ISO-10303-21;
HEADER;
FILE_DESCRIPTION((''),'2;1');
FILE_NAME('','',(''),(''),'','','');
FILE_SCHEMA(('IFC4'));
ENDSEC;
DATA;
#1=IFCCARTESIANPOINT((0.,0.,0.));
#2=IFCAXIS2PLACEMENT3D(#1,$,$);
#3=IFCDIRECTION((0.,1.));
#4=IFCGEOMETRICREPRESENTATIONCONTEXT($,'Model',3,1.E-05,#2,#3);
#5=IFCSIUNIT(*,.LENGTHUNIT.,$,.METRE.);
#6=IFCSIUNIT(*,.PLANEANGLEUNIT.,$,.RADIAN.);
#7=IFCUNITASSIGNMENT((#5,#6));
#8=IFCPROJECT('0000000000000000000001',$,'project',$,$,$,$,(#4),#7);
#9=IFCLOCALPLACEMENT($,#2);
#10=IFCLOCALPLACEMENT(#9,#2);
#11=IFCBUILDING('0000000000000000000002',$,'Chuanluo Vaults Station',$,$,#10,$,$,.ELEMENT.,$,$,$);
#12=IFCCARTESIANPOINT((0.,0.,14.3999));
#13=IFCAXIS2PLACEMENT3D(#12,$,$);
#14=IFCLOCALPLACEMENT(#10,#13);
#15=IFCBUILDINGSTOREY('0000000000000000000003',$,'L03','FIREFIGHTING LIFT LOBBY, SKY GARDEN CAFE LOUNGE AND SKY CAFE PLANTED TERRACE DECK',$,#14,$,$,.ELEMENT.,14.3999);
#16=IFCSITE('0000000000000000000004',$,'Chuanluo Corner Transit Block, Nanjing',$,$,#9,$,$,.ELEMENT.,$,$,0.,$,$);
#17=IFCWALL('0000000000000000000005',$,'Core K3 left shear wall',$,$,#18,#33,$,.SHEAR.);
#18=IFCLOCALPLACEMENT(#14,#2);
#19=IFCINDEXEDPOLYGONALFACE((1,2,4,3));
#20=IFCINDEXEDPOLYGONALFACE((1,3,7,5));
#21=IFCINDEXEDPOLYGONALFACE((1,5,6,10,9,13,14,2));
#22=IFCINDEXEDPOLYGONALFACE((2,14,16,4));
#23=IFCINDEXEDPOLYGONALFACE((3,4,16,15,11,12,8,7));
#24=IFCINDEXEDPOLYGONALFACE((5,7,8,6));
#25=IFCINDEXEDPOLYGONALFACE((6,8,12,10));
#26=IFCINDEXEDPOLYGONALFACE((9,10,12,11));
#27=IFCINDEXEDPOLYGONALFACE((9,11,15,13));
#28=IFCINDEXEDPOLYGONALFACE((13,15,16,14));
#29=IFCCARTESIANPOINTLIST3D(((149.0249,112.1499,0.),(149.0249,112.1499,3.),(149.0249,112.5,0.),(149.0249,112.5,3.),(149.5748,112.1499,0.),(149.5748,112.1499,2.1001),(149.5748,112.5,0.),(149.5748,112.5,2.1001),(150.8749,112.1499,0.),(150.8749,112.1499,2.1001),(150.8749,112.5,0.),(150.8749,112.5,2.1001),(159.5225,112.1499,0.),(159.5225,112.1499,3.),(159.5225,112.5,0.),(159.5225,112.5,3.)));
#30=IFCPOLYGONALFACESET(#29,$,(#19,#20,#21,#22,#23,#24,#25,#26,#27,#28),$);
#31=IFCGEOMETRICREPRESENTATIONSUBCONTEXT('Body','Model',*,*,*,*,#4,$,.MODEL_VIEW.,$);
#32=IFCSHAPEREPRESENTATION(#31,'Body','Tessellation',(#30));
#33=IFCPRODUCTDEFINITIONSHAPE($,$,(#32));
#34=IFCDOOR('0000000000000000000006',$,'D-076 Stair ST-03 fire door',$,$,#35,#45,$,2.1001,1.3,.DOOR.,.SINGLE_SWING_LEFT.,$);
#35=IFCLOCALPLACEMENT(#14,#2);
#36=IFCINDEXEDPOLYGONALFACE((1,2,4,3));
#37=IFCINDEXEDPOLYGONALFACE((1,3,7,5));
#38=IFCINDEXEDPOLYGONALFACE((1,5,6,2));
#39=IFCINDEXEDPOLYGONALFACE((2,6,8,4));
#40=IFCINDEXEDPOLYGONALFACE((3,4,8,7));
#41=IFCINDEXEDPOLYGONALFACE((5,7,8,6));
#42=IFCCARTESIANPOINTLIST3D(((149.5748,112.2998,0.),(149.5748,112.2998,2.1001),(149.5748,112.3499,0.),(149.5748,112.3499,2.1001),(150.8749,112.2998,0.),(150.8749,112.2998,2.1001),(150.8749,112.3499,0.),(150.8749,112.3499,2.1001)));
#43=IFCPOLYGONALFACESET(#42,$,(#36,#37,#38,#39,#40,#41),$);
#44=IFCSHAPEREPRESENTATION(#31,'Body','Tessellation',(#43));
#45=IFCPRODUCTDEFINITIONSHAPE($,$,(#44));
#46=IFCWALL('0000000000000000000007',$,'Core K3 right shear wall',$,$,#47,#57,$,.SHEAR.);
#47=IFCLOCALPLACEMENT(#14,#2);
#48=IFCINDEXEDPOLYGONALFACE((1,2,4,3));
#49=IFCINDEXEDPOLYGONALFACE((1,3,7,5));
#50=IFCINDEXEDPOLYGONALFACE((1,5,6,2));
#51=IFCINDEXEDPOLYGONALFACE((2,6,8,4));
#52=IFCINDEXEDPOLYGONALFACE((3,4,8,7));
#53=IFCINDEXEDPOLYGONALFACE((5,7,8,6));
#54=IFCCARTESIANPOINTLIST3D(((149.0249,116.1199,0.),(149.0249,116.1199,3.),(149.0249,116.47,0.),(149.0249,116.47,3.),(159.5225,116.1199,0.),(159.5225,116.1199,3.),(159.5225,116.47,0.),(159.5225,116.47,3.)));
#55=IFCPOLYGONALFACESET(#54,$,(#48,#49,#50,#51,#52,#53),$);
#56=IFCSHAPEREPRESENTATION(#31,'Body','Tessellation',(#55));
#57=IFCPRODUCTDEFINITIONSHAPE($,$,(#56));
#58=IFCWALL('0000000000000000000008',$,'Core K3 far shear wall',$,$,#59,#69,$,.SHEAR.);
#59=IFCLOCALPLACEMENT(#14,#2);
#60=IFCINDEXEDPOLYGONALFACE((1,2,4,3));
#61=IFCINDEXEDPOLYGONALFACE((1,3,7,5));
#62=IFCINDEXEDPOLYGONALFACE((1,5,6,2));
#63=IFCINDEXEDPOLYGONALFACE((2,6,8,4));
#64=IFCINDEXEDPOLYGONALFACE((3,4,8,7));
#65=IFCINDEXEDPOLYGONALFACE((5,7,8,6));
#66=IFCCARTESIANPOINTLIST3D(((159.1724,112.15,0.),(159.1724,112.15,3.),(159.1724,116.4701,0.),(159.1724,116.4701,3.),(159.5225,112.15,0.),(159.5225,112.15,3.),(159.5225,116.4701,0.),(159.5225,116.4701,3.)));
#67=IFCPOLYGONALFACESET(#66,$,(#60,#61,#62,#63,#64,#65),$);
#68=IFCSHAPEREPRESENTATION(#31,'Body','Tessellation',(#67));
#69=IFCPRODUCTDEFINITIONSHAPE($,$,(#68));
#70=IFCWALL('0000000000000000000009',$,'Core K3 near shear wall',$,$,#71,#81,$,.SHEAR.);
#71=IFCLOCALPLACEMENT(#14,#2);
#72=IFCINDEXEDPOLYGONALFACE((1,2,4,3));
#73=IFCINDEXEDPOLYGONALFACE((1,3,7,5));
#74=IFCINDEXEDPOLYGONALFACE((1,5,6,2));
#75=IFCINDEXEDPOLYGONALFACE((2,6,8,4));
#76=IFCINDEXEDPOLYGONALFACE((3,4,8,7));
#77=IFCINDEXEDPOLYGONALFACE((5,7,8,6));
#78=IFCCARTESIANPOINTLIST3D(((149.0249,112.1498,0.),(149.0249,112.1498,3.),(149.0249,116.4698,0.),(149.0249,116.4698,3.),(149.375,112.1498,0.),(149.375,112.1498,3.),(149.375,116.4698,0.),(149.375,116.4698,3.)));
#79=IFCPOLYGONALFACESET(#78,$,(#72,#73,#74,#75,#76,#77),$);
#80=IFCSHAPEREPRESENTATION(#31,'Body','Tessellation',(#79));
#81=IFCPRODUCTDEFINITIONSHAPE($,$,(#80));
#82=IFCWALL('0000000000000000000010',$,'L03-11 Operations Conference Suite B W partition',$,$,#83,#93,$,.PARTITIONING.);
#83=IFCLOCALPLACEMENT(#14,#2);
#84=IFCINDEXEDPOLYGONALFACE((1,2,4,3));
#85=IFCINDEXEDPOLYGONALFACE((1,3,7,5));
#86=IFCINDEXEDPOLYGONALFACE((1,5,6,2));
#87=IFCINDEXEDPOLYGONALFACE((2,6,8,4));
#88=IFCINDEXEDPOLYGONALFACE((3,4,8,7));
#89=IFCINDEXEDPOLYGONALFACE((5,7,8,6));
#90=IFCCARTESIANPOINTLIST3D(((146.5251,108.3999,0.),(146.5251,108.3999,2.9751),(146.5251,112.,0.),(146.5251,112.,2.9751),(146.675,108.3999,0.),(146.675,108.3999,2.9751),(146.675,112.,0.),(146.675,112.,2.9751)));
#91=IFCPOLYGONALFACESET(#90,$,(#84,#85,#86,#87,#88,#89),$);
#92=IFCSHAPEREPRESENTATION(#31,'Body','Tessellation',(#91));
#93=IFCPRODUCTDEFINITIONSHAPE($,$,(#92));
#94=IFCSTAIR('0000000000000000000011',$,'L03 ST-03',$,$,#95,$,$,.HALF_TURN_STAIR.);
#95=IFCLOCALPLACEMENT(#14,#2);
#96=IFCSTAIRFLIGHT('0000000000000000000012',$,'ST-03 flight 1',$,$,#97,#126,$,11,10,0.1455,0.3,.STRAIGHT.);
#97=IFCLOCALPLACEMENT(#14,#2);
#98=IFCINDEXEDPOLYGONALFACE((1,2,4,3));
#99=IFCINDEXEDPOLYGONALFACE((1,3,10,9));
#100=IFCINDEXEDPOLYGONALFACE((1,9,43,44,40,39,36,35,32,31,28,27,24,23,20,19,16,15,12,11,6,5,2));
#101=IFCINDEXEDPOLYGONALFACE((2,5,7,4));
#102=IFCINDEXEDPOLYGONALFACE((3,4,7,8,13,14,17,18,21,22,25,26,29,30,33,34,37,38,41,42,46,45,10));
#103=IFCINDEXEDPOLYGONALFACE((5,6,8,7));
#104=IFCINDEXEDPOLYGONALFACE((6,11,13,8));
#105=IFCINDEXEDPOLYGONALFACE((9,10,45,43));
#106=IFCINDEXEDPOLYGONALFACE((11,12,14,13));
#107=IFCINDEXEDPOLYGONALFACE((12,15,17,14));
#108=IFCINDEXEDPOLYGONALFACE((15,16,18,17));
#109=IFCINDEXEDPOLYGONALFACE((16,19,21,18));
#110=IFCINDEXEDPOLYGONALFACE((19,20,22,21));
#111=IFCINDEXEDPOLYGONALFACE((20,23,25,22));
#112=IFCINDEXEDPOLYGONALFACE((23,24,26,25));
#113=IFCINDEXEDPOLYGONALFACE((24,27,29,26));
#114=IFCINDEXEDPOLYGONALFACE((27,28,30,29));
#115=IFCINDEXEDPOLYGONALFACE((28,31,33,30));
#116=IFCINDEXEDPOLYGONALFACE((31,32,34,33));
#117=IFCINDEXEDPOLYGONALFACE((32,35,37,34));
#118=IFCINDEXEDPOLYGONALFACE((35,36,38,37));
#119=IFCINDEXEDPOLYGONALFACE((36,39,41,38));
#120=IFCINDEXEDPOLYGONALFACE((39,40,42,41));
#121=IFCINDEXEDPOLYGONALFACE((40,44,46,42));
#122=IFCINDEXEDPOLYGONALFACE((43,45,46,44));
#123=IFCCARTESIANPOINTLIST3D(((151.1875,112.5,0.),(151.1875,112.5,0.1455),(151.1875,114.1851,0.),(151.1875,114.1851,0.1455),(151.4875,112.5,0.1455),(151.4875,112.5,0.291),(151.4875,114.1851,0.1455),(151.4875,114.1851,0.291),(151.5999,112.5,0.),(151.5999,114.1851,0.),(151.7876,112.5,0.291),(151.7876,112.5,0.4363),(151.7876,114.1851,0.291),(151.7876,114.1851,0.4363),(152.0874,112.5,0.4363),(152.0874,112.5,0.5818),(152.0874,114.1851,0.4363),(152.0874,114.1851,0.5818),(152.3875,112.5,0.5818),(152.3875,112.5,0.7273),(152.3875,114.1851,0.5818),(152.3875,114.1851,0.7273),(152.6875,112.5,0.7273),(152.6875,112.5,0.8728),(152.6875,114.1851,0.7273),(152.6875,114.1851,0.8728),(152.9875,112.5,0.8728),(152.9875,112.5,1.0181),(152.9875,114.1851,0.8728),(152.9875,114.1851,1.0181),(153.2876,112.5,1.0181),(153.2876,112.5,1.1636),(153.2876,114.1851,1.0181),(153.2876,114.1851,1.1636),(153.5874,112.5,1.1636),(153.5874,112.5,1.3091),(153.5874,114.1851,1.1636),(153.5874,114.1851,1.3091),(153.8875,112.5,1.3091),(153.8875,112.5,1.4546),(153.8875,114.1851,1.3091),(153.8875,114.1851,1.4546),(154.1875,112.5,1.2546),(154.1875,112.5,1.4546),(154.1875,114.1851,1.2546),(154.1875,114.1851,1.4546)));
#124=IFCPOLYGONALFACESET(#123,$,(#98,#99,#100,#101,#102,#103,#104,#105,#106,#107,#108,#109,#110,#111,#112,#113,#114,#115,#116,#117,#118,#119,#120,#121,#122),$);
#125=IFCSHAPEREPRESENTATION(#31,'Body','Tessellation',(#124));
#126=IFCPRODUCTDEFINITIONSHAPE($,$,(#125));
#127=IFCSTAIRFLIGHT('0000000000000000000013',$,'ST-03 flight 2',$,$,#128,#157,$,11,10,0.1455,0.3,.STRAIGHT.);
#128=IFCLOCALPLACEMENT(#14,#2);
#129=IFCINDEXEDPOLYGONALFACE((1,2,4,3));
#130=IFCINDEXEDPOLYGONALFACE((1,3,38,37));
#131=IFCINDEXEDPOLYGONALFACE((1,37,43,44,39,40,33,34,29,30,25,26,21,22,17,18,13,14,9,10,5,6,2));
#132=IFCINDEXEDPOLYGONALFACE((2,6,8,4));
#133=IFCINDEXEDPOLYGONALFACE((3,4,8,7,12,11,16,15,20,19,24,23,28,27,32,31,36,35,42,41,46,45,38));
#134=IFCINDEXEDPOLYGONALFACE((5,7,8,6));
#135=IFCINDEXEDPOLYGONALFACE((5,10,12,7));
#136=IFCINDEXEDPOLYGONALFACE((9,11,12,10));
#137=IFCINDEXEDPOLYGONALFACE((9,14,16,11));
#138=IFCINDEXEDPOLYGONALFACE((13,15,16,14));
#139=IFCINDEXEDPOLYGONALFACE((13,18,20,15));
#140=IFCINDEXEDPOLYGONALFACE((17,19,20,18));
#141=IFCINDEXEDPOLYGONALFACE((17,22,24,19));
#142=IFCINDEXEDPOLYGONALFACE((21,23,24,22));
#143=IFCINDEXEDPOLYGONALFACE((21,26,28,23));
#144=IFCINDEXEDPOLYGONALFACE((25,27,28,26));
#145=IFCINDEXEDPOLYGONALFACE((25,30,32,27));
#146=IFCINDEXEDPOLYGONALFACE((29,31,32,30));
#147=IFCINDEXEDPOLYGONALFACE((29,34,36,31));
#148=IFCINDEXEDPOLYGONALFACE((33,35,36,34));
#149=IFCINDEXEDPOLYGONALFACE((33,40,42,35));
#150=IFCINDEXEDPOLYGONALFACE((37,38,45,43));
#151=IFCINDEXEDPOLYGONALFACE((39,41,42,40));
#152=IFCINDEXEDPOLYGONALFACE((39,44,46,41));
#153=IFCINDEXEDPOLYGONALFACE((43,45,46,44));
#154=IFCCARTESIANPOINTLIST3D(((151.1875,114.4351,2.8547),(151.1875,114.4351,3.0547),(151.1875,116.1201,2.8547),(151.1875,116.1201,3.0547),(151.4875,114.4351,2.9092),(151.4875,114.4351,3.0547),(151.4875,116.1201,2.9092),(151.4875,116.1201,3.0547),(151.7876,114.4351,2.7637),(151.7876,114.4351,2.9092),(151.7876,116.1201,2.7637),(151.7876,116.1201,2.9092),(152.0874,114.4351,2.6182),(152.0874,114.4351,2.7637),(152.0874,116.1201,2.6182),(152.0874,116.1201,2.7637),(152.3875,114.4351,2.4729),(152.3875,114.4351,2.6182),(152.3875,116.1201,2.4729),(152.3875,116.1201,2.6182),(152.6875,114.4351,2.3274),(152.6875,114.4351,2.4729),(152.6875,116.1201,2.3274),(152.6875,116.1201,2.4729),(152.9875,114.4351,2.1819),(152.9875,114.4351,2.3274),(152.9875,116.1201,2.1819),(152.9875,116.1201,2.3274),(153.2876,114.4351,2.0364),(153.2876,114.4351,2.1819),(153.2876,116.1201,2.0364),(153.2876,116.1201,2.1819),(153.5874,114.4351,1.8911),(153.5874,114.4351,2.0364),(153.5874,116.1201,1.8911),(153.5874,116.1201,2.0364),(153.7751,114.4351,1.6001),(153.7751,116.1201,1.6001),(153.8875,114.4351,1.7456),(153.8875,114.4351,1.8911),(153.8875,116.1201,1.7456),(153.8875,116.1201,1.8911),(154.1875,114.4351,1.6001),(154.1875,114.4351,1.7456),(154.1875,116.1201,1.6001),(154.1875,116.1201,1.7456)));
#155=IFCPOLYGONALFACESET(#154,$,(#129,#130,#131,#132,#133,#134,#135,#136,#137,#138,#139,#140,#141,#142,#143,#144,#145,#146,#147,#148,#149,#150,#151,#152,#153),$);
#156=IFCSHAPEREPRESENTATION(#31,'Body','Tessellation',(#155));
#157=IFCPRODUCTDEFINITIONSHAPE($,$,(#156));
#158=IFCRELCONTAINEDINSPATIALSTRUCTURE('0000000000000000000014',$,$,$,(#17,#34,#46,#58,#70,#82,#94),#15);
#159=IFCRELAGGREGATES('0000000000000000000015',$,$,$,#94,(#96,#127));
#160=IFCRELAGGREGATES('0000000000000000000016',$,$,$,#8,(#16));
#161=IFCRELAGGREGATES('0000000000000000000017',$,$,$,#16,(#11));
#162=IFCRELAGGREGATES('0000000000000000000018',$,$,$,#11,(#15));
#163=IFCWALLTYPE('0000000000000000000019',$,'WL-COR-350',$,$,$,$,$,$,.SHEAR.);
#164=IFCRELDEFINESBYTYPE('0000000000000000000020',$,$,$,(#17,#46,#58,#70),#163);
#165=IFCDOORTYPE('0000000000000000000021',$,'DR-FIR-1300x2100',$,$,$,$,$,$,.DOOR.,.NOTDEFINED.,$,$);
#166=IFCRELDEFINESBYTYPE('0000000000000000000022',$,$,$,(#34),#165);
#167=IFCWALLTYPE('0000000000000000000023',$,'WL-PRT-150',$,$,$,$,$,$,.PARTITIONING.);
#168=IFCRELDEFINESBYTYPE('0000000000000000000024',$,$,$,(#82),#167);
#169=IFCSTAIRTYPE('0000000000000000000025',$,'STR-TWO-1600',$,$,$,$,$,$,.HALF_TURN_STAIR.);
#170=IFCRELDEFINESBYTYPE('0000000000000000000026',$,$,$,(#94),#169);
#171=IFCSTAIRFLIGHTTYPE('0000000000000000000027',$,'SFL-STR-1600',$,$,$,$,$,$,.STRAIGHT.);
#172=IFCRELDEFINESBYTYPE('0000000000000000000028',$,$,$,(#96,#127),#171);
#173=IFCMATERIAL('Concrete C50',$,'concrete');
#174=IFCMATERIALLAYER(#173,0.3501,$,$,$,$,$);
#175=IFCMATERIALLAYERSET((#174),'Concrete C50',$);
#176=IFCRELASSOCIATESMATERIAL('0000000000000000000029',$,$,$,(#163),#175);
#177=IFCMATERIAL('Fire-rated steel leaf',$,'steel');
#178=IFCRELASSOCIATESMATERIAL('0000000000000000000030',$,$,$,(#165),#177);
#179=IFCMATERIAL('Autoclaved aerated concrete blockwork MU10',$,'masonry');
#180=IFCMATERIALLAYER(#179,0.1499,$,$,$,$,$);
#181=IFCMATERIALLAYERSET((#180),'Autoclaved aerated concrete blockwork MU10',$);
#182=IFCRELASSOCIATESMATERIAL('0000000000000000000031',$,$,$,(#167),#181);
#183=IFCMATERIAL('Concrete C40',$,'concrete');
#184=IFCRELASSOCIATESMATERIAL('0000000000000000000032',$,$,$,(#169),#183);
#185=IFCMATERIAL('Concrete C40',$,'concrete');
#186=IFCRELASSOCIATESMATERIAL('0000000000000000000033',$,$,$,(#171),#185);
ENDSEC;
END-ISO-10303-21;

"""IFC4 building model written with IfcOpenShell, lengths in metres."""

from ifc_helpers import new_model, si_unit, direction, frame, frame_2d, origin, place, context, subcontext, project, spatial, polyline, rectangle, outline, extrude, material, layer, layer_set, type_object, element, fill, aggregate, save


model = new_model("IFC4")

# Units and contexts
model_context = context("Model", 3, precision=1e-05, world=origin(), true_north=direction((0.0, 1.0)))
body_context = subcontext(model_context, "Body", "Model", "MODEL_VIEW")
ifc_project = project(units=[si_unit("LENGTHUNIT", "METRE"), si_unit("PLANEANGLEUNIT", "RADIAN")], contexts=[model_context])

# Site, building, storey
site_placement = place(None, origin())
site = spatial("IfcSite", under=ifc_project, at=site_placement, Name="Chuanluo Corner Transit Block, Nanjing", CompositionType="ELEMENT", RefElevation=0.0)
building_placement = place(site_placement, origin())
building = spatial("IfcBuilding", under=site, at=building_placement, Name="Chuanluo Vaults Station", CompositionType="ELEMENT")
storey_placement = place(building_placement, frame((0.0, 0.0, 14.3999)))
storey = spatial("IfcBuildingStorey", under=building, at=storey_placement, Name="L03", Description="FIREFIGHTING LIFT LOBBY, SKY GARDEN CAFE LOUNGE AND SKY CAFE PLANTED TERRACE DECK", CompositionType="ELEMENT", Elevation=14.3999)

# Wall, opening, door
ifc_material_1 = material(Name="Concrete C50", Category="concrete")
ifc_layer_1 = layer(ifc_material_1, 0.3501)
ifc_layer_set_1 = layer_set([ifc_layer_1], Name="Concrete C50")
wall_type_1 = type_object("IfcWallType", Name="WL-COR-350", PredefinedType="SHEAR", material=ifc_layer_set_1)
wall_1_placement = place(storey_placement, frame((149.0249, 112.325, 0.0), z_axis=(0.0, 0.0, 1.0), x_axis=(1.0, 0.0, 0.0)))
wall_1 = element("IfcWall", 1, at=wall_1_placement, inside=storey, type_object=wall_type_1, Name="Core K3 left shear wall", PredefinedType="SHEAR", context=body_context, shape_type="SweptSolid", body=[
    extrude(rectangle(XDim=10.4976, YDim=0.3501, at=frame_2d((5.2488, 0.0))), origin(), (0.0, 0.0, 1.0), 3.0),
])
opening_placement = place(wall_1_placement, frame((0.55, 0.0, 0.0)))
opening = element("IfcOpeningElement", 2, at=opening_placement, cuts=wall_1, PredefinedType="OPENING", context=body_context, shape_type="SweptSolid", body=[
    extrude(rectangle(XDim=1.3, YDim=2.1001, at=frame_2d((0.6499, 1.05))), frame((0.0, 0.185, 0.0), z_axis=(0.0, -1.0, 0.0), x_axis=(1.0, 0.0, 0.0)), (0.0, 0.0, 1.0), 0.3701),
])
ifc_material_2 = material(Name="Fire-rated steel leaf", Category="steel")
door_type = type_object("IfcDoorType", Name="DR-FIR-1300x2100", OperationType="NOTDEFINED", PredefinedType="DOOR", material=ifc_material_2)
door_placement = place(opening_placement, origin())
door = element("IfcDoor", 3, at=door_placement, inside=storey, type_object=door_type, Name="D-076 Stair ST-03 fire door", OperationType="SINGLE_SWING_LEFT", OverallHeight=2.1001, OverallWidth=1.3, PredefinedType="DOOR", context=body_context, shape_type="SweptSolid", body=[
    extrude(rectangle(XDim=1.3, YDim=2.1001, at=frame_2d((0.6499, 1.05))), frame((0.0, 0.0249, 0.0), z_axis=(0.0, -1.0, 0.0), x_axis=(1.0, 0.0, 0.0)), (0.0, 0.0, 1.0), 0.05),
])
fill(opening, door)

# Walls
wall_2_placement = place(storey_placement, frame((159.5225, 116.2949, 0.0), z_axis=(0.0, 0.0, 1.0), x_axis=(-1.0, 0.0, 0.0)))
element("IfcWall", 4, at=wall_2_placement, inside=storey, type_object=wall_type_1, Name="Core K3 right shear wall", PredefinedType="SHEAR", context=body_context, shape_type="SweptSolid", body=[
    extrude(rectangle(XDim=10.4976, YDim=0.3501, at=frame_2d((5.2488, 0.0))), origin(), (0.0, 0.0, 1.0), 3.0),
])
for number, where, z_axis, x_axis, name in (
    (5, (159.3474, 112.1499, 0.0), (0.0, 0.0, 1.0), (0.0, 1.0, 0.0), "Core K3 far shear wall"),
    (6, (149.2, 116.47, 0.0), (0.0, 0.0, 1.0), (0.0, -1.0, 0.0), "Core K3 near shear wall"),
):
    element("IfcWall", number, at=place(storey_placement, frame(where, z_axis=z_axis, x_axis=x_axis)), inside=storey, type_object=wall_type_1, Name=name, PredefinedType="SHEAR", context=body_context, shape_type="SweptSolid", body=[
        extrude(rectangle(XDim=4.3201, YDim=0.3501, at=frame_2d((2.1602, 0.0))), origin(), (0.0, 0.0, 1.0), 3.0),
    ])
ifc_material_3 = material(Name="Autoclaved aerated concrete blockwork MU10", Category="masonry")
ifc_layer_2 = layer(ifc_material_3, 0.1499)
ifc_layer_set_2 = layer_set([ifc_layer_2], Name="Autoclaved aerated concrete blockwork MU10")
wall_type_2 = type_object("IfcWallType", Name="WL-PRT-150", PredefinedType="PARTITIONING", material=ifc_layer_set_2)
wall_3_placement = place(storey_placement, frame((146.6001, 108.3999, 0.0), z_axis=(0.0, 0.0, 1.0), x_axis=(0.0, 1.0, 0.0)))
element("IfcWall", 7, at=wall_3_placement, inside=storey, type_object=wall_type_2, Name="L03-11 Operations Conference Suite B W partition", PredefinedType="PARTITIONING", context=body_context, shape_type="SweptSolid", body=[
    extrude(rectangle(XDim=3.6001, YDim=0.1499, at=frame_2d((1.8, 0.0))), origin(), (0.0, 0.0, 1.0), 2.9751),
])

# Stair, stair flights
ifc_material_4 = material(Name="Concrete C40", Category="concrete")
stair_type = type_object("IfcStairType", Name="STR-TWO-1600", PredefinedType="HALF_TURN_STAIR", material=ifc_material_4)
stair_placement = place(storey_placement, origin())
stair = element("IfcStair", 8, at=stair_placement, inside=storey, type_object=stair_type, Name="L03 ST-03", PredefinedType="HALF_TURN_STAIR")
ifc_material_5 = material(Name="Concrete C40", Category="concrete")
stair_flight_type = type_object("IfcStairFlightType", Name="SFL-STR-1600", PredefinedType="STRAIGHT", material=ifc_material_5)
stair_flight_1_placement = place(storey_placement, frame((151.1875, 113.3425, 0.0), z_axis=(0.0, 0.0, 1.0), x_axis=(1.0, 0.0, 0.0)))
stair_flight_1 = element("IfcStairFlight", 9, at=stair_flight_1_placement, type_object=stair_flight_type, Name="ST-03 flight 1", NumberOfRisers=11, NumberOfTreads=10, PredefinedType="STRAIGHT", RiserHeight=0.1455, TreadLength=0.3, context=body_context, shape_type="SweptSolid", body=[
    extrude(outline(polyline([(0.0, 0.0), (0.0, 0.1455), (0.3, 0.1455), (0.3, 0.291), (0.6001, 0.291), (0.6001, 0.4363), (0.8999, 0.4363), (0.8999, 0.5818), (1.2, 0.5818), (1.2, 0.7273), (1.5, 0.7273), (1.5, 0.8728), (1.8, 0.8728), (1.8, 1.0181), (2.1001, 1.0181), (2.1001, 1.1636), (2.3999, 1.1636), (2.3999, 1.3091), (2.7, 1.3091), (2.7, 1.4546), (3.0, 1.4546), (3.0, 1.6001), (3.0, 1.2546), (0.4124, 0.0), (0.0, 0.0)])), frame((0.0, 0.8425, 0.0), z_axis=(0.0, -1.0, 0.0), x_axis=(1.0, 0.0, 0.0)), (0.0, 0.0, 1.0), 1.6851),
])
stair_flight_2_placement = place(storey_placement, frame((154.1875, 115.2776, 1.6001), z_axis=(0.0, 0.0, 1.0), x_axis=(-1.0, 0.0, 0.0)))
stair_flight_2 = element("IfcStairFlight", 10, at=stair_flight_2_placement, type_object=stair_flight_type, Name="ST-03 flight 2", NumberOfRisers=11, NumberOfTreads=10, PredefinedType="STRAIGHT", RiserHeight=0.1455, TreadLength=0.3, context=body_context, shape_type="SweptSolid", body=[
    extrude(outline(polyline([(0.0, 0.0), (0.0, 0.1455), (0.3, 0.1455), (0.3, 0.291), (0.6001, 0.291), (0.6001, 0.4363), (0.8999, 0.4363), (0.8999, 0.5818), (1.2, 0.5818), (1.2, 0.7273), (1.5, 0.7273), (1.5, 0.8728), (1.8, 0.8728), (1.8, 1.0181), (2.1001, 1.0181), (2.1001, 1.1636), (2.3999, 1.1636), (2.3999, 1.3091), (2.7, 1.3091), (2.7, 1.4546), (3.0, 1.4546), (3.0, 1.6001), (3.0, 1.2546), (0.4124, 0.0), (0.0, 0.0)])), frame((0.0, 0.8425, 0.0), z_axis=(0.0, -1.0, 0.0), x_axis=(1.0, 0.0, 0.0)), (0.0, 0.0, 1.0), 1.6851),
])
aggregate(stair, [stair_flight_1, stair_flight_2])

save(model, "model.ifc")
